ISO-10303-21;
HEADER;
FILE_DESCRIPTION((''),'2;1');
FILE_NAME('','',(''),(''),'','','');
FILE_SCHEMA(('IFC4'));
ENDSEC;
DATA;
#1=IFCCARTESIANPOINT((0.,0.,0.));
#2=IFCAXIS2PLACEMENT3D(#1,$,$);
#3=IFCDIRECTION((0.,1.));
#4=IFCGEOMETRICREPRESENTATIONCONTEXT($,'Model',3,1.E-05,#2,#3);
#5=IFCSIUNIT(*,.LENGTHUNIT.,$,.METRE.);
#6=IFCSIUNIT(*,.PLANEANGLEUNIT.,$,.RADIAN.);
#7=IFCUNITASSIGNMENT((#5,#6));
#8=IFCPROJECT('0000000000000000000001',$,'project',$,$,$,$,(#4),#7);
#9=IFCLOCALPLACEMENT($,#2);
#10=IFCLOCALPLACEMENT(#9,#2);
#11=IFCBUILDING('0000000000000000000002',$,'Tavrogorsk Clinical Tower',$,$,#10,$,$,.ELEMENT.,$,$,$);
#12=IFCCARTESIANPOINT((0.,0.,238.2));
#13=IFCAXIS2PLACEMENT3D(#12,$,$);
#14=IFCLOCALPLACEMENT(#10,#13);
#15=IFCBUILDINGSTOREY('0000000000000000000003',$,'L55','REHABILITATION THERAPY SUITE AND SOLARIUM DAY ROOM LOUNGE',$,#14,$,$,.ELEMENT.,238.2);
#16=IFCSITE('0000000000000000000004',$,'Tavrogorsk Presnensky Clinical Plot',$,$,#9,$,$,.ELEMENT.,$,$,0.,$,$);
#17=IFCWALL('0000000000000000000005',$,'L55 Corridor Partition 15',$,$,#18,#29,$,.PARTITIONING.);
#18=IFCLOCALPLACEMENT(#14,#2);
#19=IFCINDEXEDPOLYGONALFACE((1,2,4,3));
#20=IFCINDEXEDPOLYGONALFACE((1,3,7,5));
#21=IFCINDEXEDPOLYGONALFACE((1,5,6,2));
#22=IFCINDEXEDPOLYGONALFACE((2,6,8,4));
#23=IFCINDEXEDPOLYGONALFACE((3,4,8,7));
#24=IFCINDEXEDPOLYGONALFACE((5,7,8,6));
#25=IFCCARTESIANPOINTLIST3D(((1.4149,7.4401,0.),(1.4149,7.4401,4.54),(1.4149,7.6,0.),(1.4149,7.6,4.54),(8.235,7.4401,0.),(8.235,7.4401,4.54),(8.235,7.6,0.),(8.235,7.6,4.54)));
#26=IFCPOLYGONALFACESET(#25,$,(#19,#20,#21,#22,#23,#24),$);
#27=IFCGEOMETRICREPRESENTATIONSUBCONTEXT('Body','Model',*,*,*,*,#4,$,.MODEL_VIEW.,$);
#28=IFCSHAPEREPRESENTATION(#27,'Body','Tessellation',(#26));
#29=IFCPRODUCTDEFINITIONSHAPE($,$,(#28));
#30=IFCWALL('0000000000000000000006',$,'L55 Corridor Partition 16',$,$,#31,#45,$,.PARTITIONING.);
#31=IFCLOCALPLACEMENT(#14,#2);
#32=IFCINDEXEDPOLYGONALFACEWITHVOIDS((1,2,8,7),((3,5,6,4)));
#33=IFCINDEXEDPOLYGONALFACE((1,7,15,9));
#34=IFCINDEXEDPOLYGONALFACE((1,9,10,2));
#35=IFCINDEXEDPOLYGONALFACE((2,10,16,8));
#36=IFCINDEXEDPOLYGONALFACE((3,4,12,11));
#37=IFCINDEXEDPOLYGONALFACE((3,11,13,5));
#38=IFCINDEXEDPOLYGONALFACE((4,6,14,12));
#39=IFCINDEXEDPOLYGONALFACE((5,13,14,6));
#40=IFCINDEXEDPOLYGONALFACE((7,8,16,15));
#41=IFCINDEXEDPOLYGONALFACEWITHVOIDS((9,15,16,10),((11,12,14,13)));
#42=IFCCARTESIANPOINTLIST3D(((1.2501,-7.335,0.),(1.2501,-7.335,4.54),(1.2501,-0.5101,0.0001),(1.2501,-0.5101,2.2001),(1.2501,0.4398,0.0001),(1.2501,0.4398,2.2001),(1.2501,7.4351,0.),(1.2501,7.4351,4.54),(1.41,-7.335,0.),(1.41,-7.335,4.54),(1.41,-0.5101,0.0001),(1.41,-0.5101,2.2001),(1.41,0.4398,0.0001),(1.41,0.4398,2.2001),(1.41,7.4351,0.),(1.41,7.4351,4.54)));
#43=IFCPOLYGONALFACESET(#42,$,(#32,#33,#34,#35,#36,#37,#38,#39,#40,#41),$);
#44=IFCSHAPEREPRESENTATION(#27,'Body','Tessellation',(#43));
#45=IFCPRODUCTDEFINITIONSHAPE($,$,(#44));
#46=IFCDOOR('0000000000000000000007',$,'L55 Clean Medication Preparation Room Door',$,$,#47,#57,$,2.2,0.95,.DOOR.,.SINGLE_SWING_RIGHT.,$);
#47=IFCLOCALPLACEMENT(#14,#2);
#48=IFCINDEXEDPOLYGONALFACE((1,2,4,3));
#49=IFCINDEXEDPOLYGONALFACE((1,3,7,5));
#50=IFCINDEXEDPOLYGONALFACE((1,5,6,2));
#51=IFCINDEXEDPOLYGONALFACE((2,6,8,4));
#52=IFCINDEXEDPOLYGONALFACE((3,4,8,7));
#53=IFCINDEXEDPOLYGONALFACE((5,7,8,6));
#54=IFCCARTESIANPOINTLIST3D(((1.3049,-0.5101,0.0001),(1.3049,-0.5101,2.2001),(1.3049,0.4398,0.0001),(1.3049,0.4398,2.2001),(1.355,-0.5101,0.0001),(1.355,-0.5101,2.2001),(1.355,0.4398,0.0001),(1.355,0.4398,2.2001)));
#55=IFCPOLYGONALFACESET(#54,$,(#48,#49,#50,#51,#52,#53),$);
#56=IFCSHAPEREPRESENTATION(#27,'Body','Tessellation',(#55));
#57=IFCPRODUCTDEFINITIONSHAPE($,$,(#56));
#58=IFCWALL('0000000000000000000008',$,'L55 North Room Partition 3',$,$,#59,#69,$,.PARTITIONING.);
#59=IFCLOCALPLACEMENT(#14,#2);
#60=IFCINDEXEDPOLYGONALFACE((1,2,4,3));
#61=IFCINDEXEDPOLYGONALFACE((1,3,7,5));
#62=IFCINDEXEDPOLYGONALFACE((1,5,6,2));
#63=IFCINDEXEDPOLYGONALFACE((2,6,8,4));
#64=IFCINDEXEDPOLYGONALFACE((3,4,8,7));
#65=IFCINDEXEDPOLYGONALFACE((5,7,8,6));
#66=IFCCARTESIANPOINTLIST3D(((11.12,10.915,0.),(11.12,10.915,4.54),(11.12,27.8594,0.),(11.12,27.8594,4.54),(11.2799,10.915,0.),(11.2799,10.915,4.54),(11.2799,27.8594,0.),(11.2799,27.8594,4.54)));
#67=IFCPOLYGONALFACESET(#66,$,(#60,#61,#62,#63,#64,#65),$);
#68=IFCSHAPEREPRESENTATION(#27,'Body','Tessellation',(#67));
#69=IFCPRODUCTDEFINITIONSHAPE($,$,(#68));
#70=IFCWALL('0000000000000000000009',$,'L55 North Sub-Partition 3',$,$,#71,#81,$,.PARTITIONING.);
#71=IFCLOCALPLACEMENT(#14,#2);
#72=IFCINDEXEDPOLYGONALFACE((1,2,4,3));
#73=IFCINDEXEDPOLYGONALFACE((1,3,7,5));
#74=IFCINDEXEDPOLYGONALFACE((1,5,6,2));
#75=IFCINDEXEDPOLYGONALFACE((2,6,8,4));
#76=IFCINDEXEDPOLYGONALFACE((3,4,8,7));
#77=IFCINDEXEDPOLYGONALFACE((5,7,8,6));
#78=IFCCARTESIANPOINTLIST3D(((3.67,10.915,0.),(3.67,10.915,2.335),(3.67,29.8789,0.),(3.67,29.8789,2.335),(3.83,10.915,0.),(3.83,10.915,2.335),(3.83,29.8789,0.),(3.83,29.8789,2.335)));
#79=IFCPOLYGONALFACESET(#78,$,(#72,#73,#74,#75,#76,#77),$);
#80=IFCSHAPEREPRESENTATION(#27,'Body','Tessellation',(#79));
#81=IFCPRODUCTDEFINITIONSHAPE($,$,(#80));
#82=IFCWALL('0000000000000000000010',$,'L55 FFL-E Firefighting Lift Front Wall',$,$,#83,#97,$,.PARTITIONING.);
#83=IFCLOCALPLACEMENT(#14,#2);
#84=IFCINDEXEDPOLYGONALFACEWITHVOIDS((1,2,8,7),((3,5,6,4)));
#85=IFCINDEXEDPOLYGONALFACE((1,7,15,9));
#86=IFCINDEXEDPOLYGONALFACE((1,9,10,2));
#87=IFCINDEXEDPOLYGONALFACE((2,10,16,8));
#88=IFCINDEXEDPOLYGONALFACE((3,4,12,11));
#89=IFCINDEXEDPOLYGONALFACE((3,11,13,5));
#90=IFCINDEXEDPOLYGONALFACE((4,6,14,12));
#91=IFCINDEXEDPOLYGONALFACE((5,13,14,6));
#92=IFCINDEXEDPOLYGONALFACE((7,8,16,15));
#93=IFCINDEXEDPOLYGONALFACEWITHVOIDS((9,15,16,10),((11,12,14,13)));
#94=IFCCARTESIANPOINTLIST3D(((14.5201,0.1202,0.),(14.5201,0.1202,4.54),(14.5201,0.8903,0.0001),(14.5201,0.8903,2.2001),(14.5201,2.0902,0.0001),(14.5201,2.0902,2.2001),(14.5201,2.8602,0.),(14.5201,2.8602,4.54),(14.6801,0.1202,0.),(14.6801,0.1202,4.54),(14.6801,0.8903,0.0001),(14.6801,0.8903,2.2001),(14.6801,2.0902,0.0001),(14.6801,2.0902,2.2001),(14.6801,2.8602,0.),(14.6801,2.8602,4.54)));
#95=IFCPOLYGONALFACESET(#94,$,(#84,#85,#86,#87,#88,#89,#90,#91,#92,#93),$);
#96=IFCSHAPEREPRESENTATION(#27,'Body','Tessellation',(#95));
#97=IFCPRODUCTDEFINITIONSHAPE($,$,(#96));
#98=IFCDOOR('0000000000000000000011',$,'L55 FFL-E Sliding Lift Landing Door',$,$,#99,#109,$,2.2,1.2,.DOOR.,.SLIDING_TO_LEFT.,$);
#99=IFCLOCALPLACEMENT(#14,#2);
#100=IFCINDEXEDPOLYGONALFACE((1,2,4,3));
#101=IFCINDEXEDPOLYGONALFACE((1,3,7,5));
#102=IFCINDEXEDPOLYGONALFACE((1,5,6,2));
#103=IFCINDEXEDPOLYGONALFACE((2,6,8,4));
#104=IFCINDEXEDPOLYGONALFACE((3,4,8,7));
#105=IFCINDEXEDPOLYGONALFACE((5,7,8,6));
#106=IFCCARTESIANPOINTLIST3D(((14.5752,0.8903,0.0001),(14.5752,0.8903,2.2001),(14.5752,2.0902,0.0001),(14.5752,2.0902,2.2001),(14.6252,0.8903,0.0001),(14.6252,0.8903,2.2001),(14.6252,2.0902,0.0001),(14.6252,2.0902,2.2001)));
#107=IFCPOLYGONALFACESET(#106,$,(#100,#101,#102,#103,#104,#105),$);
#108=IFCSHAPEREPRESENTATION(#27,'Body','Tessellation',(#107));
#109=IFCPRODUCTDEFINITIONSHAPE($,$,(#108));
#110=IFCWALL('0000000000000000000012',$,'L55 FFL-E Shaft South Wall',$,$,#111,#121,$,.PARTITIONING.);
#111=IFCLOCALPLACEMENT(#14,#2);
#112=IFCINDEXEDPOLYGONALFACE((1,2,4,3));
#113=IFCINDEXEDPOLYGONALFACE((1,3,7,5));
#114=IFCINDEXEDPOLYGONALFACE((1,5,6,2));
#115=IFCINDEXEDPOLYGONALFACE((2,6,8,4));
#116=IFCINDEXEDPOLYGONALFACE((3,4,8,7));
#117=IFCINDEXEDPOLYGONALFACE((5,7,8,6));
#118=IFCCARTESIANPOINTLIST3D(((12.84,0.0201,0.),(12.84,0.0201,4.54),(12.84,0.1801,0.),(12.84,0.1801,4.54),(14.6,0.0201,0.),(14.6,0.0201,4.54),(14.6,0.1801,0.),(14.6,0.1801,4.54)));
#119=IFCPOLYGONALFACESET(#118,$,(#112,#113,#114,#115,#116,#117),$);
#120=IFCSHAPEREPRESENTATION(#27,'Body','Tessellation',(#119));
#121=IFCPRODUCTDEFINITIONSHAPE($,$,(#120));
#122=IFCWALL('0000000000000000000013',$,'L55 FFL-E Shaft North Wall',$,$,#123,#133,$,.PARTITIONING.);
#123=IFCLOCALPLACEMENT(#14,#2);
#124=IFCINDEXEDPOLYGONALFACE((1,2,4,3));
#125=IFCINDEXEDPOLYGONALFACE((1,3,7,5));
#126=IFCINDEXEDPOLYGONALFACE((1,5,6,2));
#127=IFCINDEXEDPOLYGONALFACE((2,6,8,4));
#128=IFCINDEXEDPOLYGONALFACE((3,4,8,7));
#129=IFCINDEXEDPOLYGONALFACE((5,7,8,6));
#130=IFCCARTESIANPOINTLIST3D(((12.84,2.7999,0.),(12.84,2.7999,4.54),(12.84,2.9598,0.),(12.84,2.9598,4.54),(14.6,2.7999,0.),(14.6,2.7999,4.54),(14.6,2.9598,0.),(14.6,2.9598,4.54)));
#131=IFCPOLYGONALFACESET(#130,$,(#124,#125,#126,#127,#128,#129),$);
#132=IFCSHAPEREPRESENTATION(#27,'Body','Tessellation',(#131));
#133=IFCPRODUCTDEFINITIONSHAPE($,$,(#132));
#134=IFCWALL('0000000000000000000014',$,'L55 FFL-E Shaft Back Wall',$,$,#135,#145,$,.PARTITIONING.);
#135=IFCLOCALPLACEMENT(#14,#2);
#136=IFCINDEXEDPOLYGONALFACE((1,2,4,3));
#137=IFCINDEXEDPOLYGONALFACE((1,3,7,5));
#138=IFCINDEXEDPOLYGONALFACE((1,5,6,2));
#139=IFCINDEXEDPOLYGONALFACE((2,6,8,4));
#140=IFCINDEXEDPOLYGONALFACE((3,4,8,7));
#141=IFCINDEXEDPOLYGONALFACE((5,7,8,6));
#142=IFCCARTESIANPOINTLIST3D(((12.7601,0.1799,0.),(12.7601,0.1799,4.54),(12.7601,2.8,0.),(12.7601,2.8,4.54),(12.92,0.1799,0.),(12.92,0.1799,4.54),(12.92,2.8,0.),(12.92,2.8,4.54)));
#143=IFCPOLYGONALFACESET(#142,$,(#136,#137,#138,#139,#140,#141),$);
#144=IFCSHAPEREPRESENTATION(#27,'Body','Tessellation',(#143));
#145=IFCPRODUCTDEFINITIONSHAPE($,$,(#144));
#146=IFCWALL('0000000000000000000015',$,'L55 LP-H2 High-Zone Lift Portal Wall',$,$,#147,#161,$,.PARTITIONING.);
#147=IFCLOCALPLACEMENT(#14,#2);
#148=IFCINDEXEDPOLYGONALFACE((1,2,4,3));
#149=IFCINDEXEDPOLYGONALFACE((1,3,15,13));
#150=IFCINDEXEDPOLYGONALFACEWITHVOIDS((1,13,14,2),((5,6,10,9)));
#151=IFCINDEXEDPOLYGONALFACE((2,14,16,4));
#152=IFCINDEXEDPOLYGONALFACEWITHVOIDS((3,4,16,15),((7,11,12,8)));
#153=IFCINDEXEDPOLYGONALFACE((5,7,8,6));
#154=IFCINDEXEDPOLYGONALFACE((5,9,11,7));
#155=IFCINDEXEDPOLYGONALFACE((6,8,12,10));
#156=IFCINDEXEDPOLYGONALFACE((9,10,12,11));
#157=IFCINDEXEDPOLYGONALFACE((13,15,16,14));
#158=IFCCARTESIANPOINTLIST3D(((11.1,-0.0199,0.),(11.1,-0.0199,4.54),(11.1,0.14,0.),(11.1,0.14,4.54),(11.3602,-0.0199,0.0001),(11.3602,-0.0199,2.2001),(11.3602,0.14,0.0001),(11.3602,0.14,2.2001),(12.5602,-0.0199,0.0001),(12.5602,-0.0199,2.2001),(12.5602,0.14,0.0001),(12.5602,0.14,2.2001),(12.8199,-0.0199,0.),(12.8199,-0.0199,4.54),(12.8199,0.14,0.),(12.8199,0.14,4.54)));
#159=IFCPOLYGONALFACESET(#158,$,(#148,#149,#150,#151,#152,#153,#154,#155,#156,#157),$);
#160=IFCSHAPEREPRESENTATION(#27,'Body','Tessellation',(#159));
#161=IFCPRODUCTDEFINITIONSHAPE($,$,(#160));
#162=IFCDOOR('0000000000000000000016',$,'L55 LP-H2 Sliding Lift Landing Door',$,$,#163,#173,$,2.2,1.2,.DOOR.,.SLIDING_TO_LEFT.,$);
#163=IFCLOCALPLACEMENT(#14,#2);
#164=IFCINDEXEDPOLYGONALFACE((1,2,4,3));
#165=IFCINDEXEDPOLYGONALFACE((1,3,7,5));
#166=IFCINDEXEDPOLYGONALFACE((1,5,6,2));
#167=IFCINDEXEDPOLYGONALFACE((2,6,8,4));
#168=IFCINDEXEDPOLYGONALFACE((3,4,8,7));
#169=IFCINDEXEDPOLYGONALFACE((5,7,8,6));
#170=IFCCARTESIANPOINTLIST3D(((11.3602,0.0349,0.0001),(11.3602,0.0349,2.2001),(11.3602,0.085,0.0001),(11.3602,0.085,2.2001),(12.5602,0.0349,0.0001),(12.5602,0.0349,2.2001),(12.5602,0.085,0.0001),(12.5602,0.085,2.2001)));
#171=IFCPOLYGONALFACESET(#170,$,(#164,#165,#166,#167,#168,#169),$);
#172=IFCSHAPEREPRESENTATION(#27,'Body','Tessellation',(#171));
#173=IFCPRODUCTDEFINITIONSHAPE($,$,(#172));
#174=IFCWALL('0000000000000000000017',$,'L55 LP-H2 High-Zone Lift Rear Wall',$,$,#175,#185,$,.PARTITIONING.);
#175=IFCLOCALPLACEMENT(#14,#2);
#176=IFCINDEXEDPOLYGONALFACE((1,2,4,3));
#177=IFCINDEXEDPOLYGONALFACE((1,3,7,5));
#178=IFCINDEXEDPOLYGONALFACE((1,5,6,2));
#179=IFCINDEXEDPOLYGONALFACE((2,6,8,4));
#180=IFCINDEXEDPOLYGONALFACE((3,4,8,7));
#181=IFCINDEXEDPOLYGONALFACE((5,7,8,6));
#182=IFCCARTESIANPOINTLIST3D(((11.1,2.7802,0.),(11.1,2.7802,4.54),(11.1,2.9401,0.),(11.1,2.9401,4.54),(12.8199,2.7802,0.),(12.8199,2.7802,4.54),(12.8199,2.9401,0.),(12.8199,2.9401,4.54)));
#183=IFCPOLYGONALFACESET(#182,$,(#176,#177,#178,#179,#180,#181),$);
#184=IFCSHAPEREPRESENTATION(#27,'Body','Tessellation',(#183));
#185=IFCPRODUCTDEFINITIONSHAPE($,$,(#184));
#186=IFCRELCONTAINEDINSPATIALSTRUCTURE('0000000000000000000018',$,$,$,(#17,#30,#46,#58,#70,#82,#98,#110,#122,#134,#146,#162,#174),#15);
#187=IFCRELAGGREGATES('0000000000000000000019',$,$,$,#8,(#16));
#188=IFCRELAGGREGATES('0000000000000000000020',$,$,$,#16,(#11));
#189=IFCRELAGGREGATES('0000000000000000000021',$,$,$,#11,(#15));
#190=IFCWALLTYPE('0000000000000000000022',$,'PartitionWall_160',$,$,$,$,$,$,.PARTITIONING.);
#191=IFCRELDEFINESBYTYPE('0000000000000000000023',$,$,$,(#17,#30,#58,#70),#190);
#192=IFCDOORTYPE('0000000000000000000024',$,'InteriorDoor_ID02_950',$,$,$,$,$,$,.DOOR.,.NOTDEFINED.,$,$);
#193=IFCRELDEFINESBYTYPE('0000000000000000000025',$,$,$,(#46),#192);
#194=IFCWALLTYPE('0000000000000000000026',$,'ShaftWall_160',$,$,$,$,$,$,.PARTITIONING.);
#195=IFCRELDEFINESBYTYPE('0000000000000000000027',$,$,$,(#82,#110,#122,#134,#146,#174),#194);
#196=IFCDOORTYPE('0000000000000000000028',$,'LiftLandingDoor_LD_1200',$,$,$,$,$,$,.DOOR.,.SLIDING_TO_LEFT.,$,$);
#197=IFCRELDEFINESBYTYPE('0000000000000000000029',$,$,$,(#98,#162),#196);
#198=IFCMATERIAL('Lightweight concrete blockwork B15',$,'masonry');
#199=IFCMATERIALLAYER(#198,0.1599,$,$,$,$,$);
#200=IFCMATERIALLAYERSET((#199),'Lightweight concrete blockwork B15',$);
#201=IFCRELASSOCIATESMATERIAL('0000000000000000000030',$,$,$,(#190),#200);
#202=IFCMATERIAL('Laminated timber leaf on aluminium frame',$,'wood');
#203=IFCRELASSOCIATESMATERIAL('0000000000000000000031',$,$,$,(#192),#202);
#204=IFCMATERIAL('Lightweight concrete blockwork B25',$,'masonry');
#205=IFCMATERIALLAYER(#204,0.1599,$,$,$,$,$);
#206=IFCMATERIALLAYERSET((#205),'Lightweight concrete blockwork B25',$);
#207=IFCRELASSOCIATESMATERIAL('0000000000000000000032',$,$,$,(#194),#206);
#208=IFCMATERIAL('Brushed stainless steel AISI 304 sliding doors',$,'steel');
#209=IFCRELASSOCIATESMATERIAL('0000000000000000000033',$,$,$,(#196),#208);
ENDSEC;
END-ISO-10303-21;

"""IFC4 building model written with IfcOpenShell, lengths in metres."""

from ifc_helpers import new_model, si_unit, direction, frame, frame_2d, origin, place, context, subcontext, project, spatial, rectangle, extrude, material, layer, layer_set, type_object, element, fill, save


model = new_model("IFC4")

# Units and contexts
model_context = context("Model", 3, precision=1e-05, world=origin(), true_north=direction((0.0, 1.0)))
body_context = subcontext(model_context, "Body", "Model", "MODEL_VIEW")
ifc_project = project(units=[si_unit("LENGTHUNIT", "METRE"), si_unit("PLANEANGLEUNIT", "RADIAN")], contexts=[model_context])

# Site, building, storey
site_placement = place(None, origin())
site = spatial("IfcSite", under=ifc_project, at=site_placement, Name="Tavrogorsk Presnensky Clinical Plot", CompositionType="ELEMENT", RefElevation=0.0)
building_placement = place(site_placement, origin())
building = spatial("IfcBuilding", under=site, at=building_placement, Name="Tavrogorsk Clinical Tower", CompositionType="ELEMENT")
storey_placement = place(building_placement, frame((0.0, 0.0, 238.2)))
storey = spatial("IfcBuildingStorey", under=building, at=storey_placement, Name="L55", Description="REHABILITATION THERAPY SUITE AND SOLARIUM DAY ROOM LOUNGE", CompositionType="ELEMENT", Elevation=238.2)

# Shared definitions
ifc_material_1 = material(Name="Lightweight concrete blockwork B15", Category="masonry")
ifc_layer_1 = layer(ifc_material_1, 0.1599)
ifc_layer_set_1 = layer_set([ifc_layer_1], Name="Lightweight concrete blockwork B15")
wall_type_1 = type_object("IfcWallType", Name="PartitionWall_160", PredefinedType="PARTITIONING", material=ifc_layer_set_1)
ifc_material_2 = material(Name="Laminated timber leaf on aluminium frame", Category="wood")
door_type_1 = type_object("IfcDoorType", Name="InteriorDoor_ID02_950", OperationType="NOTDEFINED", PredefinedType="DOOR", material=ifc_material_2)

# Wall
wall_1_placement = place(storey_placement, frame((8.2351, 7.52, 0.0), z_axis=(0.0, 0.0, 1.0), x_axis=(-1.0, 0.0, 0.0)))
element("IfcWall", 1, at=wall_1_placement, inside=storey, type_object=wall_type_1, Name="L55 Corridor Partition 15", PredefinedType="PARTITIONING", context=body_context, shape_type="SweptSolid", body=[
    extrude(rectangle(XDim=6.8201, YDim=0.1599, at=frame_2d((3.4102, 0.0))), origin(), (0.0, 0.0, 1.0), 4.54),
])

# Wall, opening, door
wall_2_placement = place(storey_placement, frame((1.3301, 7.4351, 0.0), z_axis=(0.0, 0.0, 1.0), x_axis=(0.0, -1.0, 0.0)))
wall_2 = element("IfcWall", 2, at=wall_2_placement, inside=storey, type_object=wall_type_1, Name="L55 Corridor Partition 16", PredefinedType="PARTITIONING", context=body_context, shape_type="SweptSolid", body=[
    extrude(rectangle(XDim=14.77, YDim=0.1599, at=frame_2d((7.385, 0.0))), origin(), (0.0, 0.0, 1.0), 4.54),
])
opening_1_placement = place(wall_2_placement, frame((6.9951, 0.0, 0.0)))
opening_1 = element("IfcOpeningElement", 3, at=opening_1_placement, cuts=wall_2, PredefinedType="OPENING", context=body_context, shape_type="SweptSolid", body=[
    extrude(rectangle(XDim=0.95, YDim=2.2, at=frame_2d((0.4751, 1.1001))), frame((0.0, 0.0898, 0.0), z_axis=(0.0, -1.0, 0.0), x_axis=(1.0, 0.0, 0.0)), (0.0, 0.0, 1.0), 0.1799),
])
door_1_placement = place(opening_1_placement, origin())
door_1 = element("IfcDoor", 4, at=door_1_placement, inside=storey, type_object=door_type_1, Name="L55 Clean Medication Preparation Room Door", OperationType="SINGLE_SWING_RIGHT", OverallHeight=2.2, OverallWidth=0.95, PredefinedType="DOOR", context=body_context, shape_type="SweptSolid", body=[
    extrude(rectangle(XDim=0.95, YDim=2.2, at=frame_2d((0.4751, 1.1001))), frame((0.0, 0.0249, 0.0), z_axis=(0.0, -1.0, 0.0), x_axis=(1.0, 0.0, 0.0)), (0.0, 0.0, 1.0), 0.05),
])
fill(opening_1, door_1)

# Walls
wall_3_placement = place(storey_placement, frame((11.2, 10.915, 0.0), z_axis=(0.0, 0.0, 1.0), x_axis=(0.0, 1.0, 0.0)))
element("IfcWall", 5, at=wall_3_placement, inside=storey, type_object=wall_type_1, Name="L55 North Room Partition 3", PredefinedType="PARTITIONING", context=body_context, shape_type="SweptSolid", body=[
    extrude(rectangle(XDim=16.9443, YDim=0.1599, at=frame_2d((8.4722, 0.0))), origin(), (0.0, 0.0, 1.0), 4.54),
])
wall_4_placement = place(storey_placement, frame((3.75, 10.915, 0.0), z_axis=(0.0, 0.0, 1.0), x_axis=(0.0, 1.0, 0.0)))
element("IfcWall", 6, at=wall_4_placement, inside=storey, type_object=wall_type_1, Name="L55 North Sub-Partition 3", PredefinedType="PARTITIONING", context=body_context, shape_type="SweptSolid", body=[
    extrude(rectangle(XDim=18.9639, YDim=0.1599, at=frame_2d((9.4819, 0.0))), origin(), (0.0, 0.0, 1.0), 2.335),
])

# Wall, opening, door
ifc_material_3 = material(Name="Lightweight concrete blockwork B25", Category="masonry")
ifc_layer_2 = layer(ifc_material_3, 0.1599)
ifc_layer_set_2 = layer_set([ifc_layer_2], Name="Lightweight concrete blockwork B25")
wall_type_2 = type_object("IfcWallType", Name="ShaftWall_160", PredefinedType="PARTITIONING", material=ifc_layer_set_2)
wall_5_placement = place(storey_placement, frame((14.6001, 0.1201, 0.0), z_axis=(0.0, 0.0, 1.0), x_axis=(0.0, 1.0, 0.0)))
wall_5 = element("IfcWall", 7, at=wall_5_placement, inside=storey, type_object=wall_type_2, Name="L55 FFL-E Firefighting Lift Front Wall", PredefinedType="PARTITIONING", context=body_context, shape_type="SweptSolid", body=[
    extrude(rectangle(XDim=2.74, YDim=0.1599, at=frame_2d((1.3701, 0.0))), origin(), (0.0, 0.0, 1.0), 4.54),
])
opening_2_placement = place(wall_5_placement, frame((0.77, 0.0, 0.0)))
opening_2 = element("IfcOpeningElement", 8, at=opening_2_placement, cuts=wall_5, PredefinedType="OPENING", context=body_context, shape_type="SweptSolid", body=[
    extrude(rectangle(XDim=1.2, YDim=2.2, at=frame_2d((0.6001, 1.1001))), frame((0.0, 0.0898, 0.0), z_axis=(0.0, -1.0, 0.0), x_axis=(1.0, 0.0, 0.0)), (0.0, 0.0, 1.0), 0.1799),
])
ifc_material_4 = material(Name="Brushed stainless steel AISI 304 sliding doors", Category="steel")
door_type_2 = type_object("IfcDoorType", Name="LiftLandingDoor_LD_1200", OperationType="SLIDING_TO_LEFT", PredefinedType="DOOR", material=ifc_material_4)
door_2_placement = place(opening_2_placement, origin())
door_2 = element("IfcDoor", 9, at=door_2_placement, inside=storey, type_object=door_type_2, Name="L55 FFL-E Sliding Lift Landing Door", OperationType="SLIDING_TO_LEFT", OverallHeight=2.2, OverallWidth=1.2, PredefinedType="DOOR", context=body_context, shape_type="SweptSolid", body=[
    extrude(rectangle(XDim=1.2, YDim=2.2, at=frame_2d((0.6001, 1.1001))), frame((0.0, 0.0249, 0.0), z_axis=(0.0, -1.0, 0.0), x_axis=(1.0, 0.0, 0.0)), (0.0, 0.0, 1.0), 0.05),
])
fill(opening_2, door_2)

# Walls
for number, where, z_axis, x_axis, name in (
    (10, (12.8401, 0.1001, 0.0), (0.0, 0.0, 1.0), (1.0, 0.0, 0.0), "L55 FFL-E Shaft South Wall"),
    (11, (12.8401, 2.8799, 0.0), (0.0, 0.0, 1.0), (1.0, 0.0, 0.0), "L55 FFL-E Shaft North Wall"),
):
    element("IfcWall", number, at=place(storey_placement, frame(where, z_axis=z_axis, x_axis=x_axis)), inside=storey, type_object=wall_type_2, Name=name, PredefinedType="PARTITIONING", context=body_context, shape_type="SweptSolid", body=[
        extrude(rectangle(XDim=1.76, YDim=0.1599, at=frame_2d((0.8799, 0.0))), origin(), (0.0, 0.0, 1.0), 4.54),
    ])
wall_6_placement = place(storey_placement, frame((12.8401, 0.1799, 0.0), z_axis=(0.0, 0.0, 1.0), x_axis=(0.0, 1.0, 0.0)))
element("IfcWall", 12, at=wall_6_placement, inside=storey, type_object=wall_type_2, Name="L55 FFL-E Shaft Back Wall", PredefinedType="PARTITIONING", context=body_context, shape_type="SweptSolid", body=[
    extrude(rectangle(XDim=2.6201, YDim=0.1599, at=frame_2d((1.3101, 0.0))), origin(), (0.0, 0.0, 1.0), 4.54),
])

# Wall, opening, door
wall_7_placement = place(storey_placement, frame((11.1001, 0.0601, 0.0), z_axis=(0.0, 0.0, 1.0), x_axis=(1.0, 0.0, 0.0)))
wall_7 = element("IfcWall", 13, at=wall_7_placement, inside=storey, type_object=wall_type_2, Name="L55 LP-H2 High-Zone Lift Portal Wall", PredefinedType="PARTITIONING", context=body_context, shape_type="SweptSolid", body=[
    extrude(rectangle(XDim=1.72, YDim=0.1599, at=frame_2d((0.8599, 0.0))), origin(), (0.0, 0.0, 1.0), 4.54),
])
opening_3_placement = place(wall_7_placement, frame((0.26, 0.0, 0.0)))
opening_3 = element("IfcOpeningElement", 14, at=opening_3_placement, cuts=wall_7, PredefinedType="OPENING", context=body_context, shape_type="SweptSolid", body=[
    extrude(rectangle(XDim=1.2, YDim=2.2, at=frame_2d((0.6001, 1.1001))), frame((0.0, 0.0898, 0.0), z_axis=(0.0, -1.0, 0.0), x_axis=(1.0, 0.0, 0.0)), (0.0, 0.0, 1.0), 0.1799),
])
door_3_placement = place(opening_3_placement, origin())
door_3 = element("IfcDoor", 15, at=door_3_placement, inside=storey, type_object=door_type_2, Name="L55 LP-H2 Sliding Lift Landing Door", OperationType="SLIDING_TO_LEFT", OverallHeight=2.2, OverallWidth=1.2, PredefinedType="DOOR", context=body_context, shape_type="SweptSolid", body=[
    extrude(rectangle(XDim=1.2, YDim=2.2, at=frame_2d((0.6001, 1.1001))), frame((0.0, 0.0249, 0.0), z_axis=(0.0, -1.0, 0.0), x_axis=(1.0, 0.0, 0.0)), (0.0, 0.0, 1.0), 0.05),
])
fill(opening_3, door_3)

# Wall
wall_8_placement = place(storey_placement, frame((11.1001, 2.8601, 0.0), z_axis=(0.0, 0.0, 1.0), x_axis=(1.0, 0.0, 0.0)))
element("IfcWall", 16, at=wall_8_placement, inside=storey, type_object=wall_type_2, Name="L55 LP-H2 High-Zone Lift Rear Wall", PredefinedType="PARTITIONING", context=body_context, shape_type="SweptSolid", body=[
    extrude(rectangle(XDim=1.72, YDim=0.1599, at=frame_2d((0.8599, 0.0))), origin(), (0.0, 0.0, 1.0), 4.54),
])

save(model, "model.ifc")
